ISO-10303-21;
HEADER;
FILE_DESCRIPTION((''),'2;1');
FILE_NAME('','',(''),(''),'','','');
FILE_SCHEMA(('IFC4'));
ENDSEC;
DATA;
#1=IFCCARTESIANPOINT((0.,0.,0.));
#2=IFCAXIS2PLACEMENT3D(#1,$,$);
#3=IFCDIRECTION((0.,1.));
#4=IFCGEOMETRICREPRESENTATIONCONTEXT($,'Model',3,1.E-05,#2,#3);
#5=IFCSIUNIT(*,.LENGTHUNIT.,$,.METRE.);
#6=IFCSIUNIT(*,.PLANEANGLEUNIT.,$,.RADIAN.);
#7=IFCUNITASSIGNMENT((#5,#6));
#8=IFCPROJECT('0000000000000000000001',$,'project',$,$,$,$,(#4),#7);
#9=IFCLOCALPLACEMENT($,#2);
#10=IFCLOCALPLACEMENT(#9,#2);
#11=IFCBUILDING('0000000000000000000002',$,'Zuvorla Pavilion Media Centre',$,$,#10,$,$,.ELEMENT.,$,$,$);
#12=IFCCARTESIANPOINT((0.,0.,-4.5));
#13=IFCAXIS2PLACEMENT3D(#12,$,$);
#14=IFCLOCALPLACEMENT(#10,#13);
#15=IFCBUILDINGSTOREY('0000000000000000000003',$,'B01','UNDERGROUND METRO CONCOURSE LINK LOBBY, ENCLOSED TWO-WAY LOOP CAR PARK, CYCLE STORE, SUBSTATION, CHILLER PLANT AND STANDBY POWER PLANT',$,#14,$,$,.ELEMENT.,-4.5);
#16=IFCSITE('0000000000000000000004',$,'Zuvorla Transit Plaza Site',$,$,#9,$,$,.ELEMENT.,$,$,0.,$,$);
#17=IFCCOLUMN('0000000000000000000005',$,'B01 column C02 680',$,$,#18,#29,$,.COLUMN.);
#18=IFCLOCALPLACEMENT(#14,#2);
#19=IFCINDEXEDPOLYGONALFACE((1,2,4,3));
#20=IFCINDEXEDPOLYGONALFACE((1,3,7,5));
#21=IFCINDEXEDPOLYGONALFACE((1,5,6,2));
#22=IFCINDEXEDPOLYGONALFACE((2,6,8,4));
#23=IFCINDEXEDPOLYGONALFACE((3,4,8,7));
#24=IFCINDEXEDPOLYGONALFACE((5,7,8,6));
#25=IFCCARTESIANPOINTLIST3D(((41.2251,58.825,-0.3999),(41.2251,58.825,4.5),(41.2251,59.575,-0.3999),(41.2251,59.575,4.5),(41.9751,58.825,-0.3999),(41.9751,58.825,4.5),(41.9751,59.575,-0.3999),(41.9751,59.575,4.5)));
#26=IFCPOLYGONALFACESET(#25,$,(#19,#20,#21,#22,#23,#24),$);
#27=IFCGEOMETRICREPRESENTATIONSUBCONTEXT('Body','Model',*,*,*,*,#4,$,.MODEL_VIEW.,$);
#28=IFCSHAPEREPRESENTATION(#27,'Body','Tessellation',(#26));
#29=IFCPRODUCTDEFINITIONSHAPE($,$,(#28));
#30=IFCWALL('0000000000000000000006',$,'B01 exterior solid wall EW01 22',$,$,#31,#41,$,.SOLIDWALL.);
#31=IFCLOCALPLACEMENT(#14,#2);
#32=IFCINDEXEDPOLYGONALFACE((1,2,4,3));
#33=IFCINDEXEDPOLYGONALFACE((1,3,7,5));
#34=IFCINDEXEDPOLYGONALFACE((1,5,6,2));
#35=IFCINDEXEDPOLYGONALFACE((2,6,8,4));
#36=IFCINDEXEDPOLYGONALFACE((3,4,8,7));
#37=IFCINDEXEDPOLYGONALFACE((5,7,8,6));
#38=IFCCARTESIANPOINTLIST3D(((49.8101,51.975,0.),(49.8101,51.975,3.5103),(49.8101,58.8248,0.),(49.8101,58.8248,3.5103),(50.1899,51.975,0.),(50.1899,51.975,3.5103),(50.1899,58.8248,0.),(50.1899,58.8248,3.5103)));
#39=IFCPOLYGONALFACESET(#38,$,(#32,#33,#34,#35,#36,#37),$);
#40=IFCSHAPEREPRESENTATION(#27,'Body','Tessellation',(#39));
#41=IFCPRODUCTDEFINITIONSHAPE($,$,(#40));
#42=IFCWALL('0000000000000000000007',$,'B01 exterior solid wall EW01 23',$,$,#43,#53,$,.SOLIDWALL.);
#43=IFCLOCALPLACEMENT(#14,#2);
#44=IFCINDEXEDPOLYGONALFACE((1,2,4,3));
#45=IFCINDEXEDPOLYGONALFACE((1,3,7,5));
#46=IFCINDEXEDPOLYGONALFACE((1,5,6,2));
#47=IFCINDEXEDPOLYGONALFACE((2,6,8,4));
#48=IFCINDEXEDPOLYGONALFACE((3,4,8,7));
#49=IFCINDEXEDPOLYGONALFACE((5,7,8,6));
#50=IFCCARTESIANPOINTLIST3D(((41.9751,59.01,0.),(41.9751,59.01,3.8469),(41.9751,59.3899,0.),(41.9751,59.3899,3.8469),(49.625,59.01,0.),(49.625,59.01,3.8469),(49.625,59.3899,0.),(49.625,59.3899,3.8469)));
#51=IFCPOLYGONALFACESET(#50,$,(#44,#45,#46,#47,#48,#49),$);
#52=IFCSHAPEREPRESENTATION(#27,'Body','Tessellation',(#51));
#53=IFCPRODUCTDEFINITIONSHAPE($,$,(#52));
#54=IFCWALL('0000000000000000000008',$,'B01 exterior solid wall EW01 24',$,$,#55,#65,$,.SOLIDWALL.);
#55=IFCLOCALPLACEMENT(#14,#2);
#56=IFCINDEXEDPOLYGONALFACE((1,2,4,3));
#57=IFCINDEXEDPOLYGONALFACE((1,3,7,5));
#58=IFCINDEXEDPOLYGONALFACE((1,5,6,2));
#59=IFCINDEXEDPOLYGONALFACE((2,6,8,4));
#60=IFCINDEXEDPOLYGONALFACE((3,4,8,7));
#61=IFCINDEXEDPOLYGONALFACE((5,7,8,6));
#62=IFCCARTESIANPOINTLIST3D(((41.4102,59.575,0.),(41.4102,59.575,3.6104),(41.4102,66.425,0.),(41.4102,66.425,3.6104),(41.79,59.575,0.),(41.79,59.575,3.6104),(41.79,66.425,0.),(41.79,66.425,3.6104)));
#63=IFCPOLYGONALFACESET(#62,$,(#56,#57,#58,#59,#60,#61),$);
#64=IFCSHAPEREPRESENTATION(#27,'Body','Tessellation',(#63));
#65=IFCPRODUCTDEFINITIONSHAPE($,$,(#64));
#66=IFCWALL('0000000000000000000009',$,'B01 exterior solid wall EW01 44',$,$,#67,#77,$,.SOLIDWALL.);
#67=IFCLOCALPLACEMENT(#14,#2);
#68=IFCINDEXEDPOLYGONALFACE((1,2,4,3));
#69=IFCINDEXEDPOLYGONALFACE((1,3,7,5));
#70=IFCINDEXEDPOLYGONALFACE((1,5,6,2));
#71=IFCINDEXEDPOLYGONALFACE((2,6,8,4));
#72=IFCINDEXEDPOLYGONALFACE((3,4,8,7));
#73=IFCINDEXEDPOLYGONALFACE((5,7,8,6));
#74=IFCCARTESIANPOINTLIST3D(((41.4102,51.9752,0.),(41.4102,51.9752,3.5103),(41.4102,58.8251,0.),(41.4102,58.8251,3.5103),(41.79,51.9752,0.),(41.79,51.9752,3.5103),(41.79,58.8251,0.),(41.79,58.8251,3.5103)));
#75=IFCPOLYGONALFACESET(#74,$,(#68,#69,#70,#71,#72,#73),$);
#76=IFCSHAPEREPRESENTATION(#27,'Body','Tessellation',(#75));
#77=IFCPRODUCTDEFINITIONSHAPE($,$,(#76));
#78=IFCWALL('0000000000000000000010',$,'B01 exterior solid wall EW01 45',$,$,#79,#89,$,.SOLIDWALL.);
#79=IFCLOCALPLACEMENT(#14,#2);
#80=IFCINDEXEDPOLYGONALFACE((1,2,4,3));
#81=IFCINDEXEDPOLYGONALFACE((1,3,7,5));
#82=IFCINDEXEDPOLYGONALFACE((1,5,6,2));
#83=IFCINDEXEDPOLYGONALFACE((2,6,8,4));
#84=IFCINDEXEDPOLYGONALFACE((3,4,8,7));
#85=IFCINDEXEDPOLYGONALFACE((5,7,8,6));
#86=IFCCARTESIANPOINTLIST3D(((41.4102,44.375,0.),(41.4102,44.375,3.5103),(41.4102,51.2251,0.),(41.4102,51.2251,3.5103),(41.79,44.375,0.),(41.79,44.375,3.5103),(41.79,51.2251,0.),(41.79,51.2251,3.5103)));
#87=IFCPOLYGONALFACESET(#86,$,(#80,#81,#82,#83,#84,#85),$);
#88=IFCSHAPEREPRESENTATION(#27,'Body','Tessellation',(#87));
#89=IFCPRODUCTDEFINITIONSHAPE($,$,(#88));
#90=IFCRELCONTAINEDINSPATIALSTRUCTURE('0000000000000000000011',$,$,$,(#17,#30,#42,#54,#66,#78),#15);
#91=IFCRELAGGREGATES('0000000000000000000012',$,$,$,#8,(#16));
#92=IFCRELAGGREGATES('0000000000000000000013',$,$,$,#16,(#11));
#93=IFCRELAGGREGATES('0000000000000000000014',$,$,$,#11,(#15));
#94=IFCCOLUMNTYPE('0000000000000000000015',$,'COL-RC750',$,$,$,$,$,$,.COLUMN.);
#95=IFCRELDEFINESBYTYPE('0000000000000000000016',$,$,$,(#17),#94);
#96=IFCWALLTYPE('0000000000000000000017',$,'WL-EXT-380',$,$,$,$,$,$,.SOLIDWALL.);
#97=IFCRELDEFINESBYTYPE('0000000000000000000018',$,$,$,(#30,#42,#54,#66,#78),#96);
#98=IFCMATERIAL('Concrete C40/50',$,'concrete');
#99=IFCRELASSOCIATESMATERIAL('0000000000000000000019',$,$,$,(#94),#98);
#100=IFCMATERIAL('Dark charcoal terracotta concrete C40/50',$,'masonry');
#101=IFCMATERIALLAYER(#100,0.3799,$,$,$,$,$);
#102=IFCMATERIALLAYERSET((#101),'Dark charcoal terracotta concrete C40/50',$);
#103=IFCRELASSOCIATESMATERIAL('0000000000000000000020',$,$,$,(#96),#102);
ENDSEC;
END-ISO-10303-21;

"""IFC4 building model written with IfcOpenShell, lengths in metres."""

from ifc_helpers import new_model, si_unit, direction, frame, frame_2d, origin, origin_2d, place, context, subcontext, project, spatial, rectangle, extrude, material, layer, layer_set, material_profile, profile_set, type_object, element, save


model = new_model("IFC4")

# Units and contexts
model_context = context("Model", 3, precision=1e-05, world=origin(), true_north=direction((0.0, 1.0)))
body_context = subcontext(model_context, "Body", "Model", "MODEL_VIEW")
ifc_project = project(units=[si_unit("LENGTHUNIT", "METRE"), si_unit("PLANEANGLEUNIT", "RADIAN")], contexts=[model_context])

# Site, building, storey
site_placement = place(None, origin())
site = spatial("IfcSite", under=ifc_project, at=site_placement, Name="Zuvorla Transit Plaza Site", CompositionType="ELEMENT", RefElevation=0.0)
building_placement = place(site_placement, origin())
building = spatial("IfcBuilding", under=site, at=building_placement, Name="Zuvorla Pavilion Media Centre", CompositionType="ELEMENT")
storey_placement = place(building_placement, frame((0.0, 0.0, -4.5)))
storey = spatial("IfcBuildingStorey", under=building, at=storey_placement, Name="B01", Description="UNDERGROUND METRO CONCOURSE LINK LOBBY, ENCLOSED TWO-WAY LOOP CAR PARK, CYCLE STORE, SUBSTATION, CHILLER PLANT AND STANDBY POWER PLANT", CompositionType="ELEMENT", Elevation=-4.5)

# Shared definitions
ifc_material_1 = material(Name="Concrete C40/50", Category="concrete")

# Column
ifc_material_profile_1 = material_profile(ifc_material_1, rectangle(XDim=0.75, YDim=0.75, at=origin_2d()), Name="RC 750x750")
ifc_profile_set_1 = profile_set([ifc_material_profile_1], Name="Concrete C40/50")
column_type = type_object("IfcColumnType", Name="COL-RC750", PredefinedType="COLUMN", material=ifc_profile_set_1)
for number, where, z_axis, x_axis, name in (
    (1, (41.6001, 59.2, -0.3999), (0.0, 0.0, 1.0), (1.0, 0.0, 0.0), "B01 column C02 680"),
):
    element("IfcColumn", number, at=place(storey_placement, frame(where, z_axis=z_axis, x_axis=x_axis)), inside=storey, type_object=column_type, Name=name, PredefinedType="COLUMN", context=body_context, shape_type="SweptSolid", body=[
        extrude(rectangle(XDim=0.75, YDim=0.75, at=origin_2d()), origin(), (0.0, 0.0, 1.0), 4.8999),
    ])

# Walls
ifc_material_2 = material(Name="Dark charcoal terracotta concrete C40/50", Category="masonry")
ifc_layer = layer(ifc_material_2, 0.3799)
ifc_layer_set = layer_set([ifc_layer], Name="Dark charcoal terracotta concrete C40/50")
wall_type = type_object("IfcWallType", Name="WL-EXT-380", PredefinedType="SOLIDWALL", material=ifc_layer_set)
wall_1_placement = place(storey_placement, frame((50.0, 51.9751, 0.0), z_axis=(0.0, 0.0, 1.0), x_axis=(0.0, 1.0, 0.0)))
element("IfcWall", 2, at=wall_1_placement, inside=storey, type_object=wall_type, Name="B01 exterior solid wall EW01 22", PredefinedType="SOLIDWALL", context=body_context, shape_type="SweptSolid", body=[
    extrude(rectangle(XDim=6.8499, YDim=0.3799, at=frame_2d((3.4248, 0.0))), origin(), (0.0, 0.0, 1.0), 3.5103),
])
wall_2_placement = place(storey_placement, frame((49.625, 59.2, 0.0), z_axis=(0.0, 0.0, 1.0), x_axis=(-1.0, 0.0, 0.0)))
element("IfcWall", 3, at=wall_2_placement, inside=storey, type_object=wall_type, Name="B01 exterior solid wall EW01 23", PredefinedType="SOLIDWALL", context=body_context, shape_type="SweptSolid", body=[
    extrude(rectangle(XDim=7.6499, YDim=0.3799, at=frame_2d((3.825, 0.0))), origin(), (0.0, 0.0, 1.0), 3.8469),
])
wall_3_placement = place(storey_placement, frame((41.6001, 59.575, 0.0), z_axis=(0.0, 0.0, 1.0), x_axis=(0.0, 1.0, 0.0)))
element("IfcWall", 4, at=wall_3_placement, inside=storey, type_object=wall_type, Name="B01 exterior solid wall EW01 24", PredefinedType="SOLIDWALL", context=body_context, shape_type="SweptSolid", body=[
    extrude(rectangle(XDim=6.8501, YDim=0.3799, at=frame_2d((3.425, 0.0))), origin(), (0.0, 0.0, 1.0), 3.6104),
])
wall_4_placement = place(storey_placement, frame((41.6001, 58.825, 0.0), z_axis=(0.0, 0.0, 1.0), x_axis=(0.0, -1.0, 0.0)))
element("IfcWall", 5, at=wall_4_placement, inside=storey, type_object=wall_type, Name="B01 exterior solid wall EW01 44", PredefinedType="SOLIDWALL", context=body_context, shape_type="SweptSolid", body=[
    extrude(rectangle(XDim=6.8499, YDim=0.3799, at=frame_2d((3.4248, 0.0))), origin(), (0.0, 0.0, 1.0), 3.5103),
])
wall_5_placement = place(storey_placement, frame((41.6001, 51.2251, 0.0), z_axis=(0.0, 0.0, 1.0), x_axis=(0.0, -1.0, 0.0)))
element("IfcWall", 6, at=wall_5_placement, inside=storey, type_object=wall_type, Name="B01 exterior solid wall EW01 45", PredefinedType="SOLIDWALL", context=body_context, shape_type="SweptSolid", body=[
    extrude(rectangle(XDim=6.8501, YDim=0.3799, at=frame_2d((3.425, 0.0))), origin(), (0.0, 0.0, 1.0), 3.5103),
])

save(model, "model.ifc")
